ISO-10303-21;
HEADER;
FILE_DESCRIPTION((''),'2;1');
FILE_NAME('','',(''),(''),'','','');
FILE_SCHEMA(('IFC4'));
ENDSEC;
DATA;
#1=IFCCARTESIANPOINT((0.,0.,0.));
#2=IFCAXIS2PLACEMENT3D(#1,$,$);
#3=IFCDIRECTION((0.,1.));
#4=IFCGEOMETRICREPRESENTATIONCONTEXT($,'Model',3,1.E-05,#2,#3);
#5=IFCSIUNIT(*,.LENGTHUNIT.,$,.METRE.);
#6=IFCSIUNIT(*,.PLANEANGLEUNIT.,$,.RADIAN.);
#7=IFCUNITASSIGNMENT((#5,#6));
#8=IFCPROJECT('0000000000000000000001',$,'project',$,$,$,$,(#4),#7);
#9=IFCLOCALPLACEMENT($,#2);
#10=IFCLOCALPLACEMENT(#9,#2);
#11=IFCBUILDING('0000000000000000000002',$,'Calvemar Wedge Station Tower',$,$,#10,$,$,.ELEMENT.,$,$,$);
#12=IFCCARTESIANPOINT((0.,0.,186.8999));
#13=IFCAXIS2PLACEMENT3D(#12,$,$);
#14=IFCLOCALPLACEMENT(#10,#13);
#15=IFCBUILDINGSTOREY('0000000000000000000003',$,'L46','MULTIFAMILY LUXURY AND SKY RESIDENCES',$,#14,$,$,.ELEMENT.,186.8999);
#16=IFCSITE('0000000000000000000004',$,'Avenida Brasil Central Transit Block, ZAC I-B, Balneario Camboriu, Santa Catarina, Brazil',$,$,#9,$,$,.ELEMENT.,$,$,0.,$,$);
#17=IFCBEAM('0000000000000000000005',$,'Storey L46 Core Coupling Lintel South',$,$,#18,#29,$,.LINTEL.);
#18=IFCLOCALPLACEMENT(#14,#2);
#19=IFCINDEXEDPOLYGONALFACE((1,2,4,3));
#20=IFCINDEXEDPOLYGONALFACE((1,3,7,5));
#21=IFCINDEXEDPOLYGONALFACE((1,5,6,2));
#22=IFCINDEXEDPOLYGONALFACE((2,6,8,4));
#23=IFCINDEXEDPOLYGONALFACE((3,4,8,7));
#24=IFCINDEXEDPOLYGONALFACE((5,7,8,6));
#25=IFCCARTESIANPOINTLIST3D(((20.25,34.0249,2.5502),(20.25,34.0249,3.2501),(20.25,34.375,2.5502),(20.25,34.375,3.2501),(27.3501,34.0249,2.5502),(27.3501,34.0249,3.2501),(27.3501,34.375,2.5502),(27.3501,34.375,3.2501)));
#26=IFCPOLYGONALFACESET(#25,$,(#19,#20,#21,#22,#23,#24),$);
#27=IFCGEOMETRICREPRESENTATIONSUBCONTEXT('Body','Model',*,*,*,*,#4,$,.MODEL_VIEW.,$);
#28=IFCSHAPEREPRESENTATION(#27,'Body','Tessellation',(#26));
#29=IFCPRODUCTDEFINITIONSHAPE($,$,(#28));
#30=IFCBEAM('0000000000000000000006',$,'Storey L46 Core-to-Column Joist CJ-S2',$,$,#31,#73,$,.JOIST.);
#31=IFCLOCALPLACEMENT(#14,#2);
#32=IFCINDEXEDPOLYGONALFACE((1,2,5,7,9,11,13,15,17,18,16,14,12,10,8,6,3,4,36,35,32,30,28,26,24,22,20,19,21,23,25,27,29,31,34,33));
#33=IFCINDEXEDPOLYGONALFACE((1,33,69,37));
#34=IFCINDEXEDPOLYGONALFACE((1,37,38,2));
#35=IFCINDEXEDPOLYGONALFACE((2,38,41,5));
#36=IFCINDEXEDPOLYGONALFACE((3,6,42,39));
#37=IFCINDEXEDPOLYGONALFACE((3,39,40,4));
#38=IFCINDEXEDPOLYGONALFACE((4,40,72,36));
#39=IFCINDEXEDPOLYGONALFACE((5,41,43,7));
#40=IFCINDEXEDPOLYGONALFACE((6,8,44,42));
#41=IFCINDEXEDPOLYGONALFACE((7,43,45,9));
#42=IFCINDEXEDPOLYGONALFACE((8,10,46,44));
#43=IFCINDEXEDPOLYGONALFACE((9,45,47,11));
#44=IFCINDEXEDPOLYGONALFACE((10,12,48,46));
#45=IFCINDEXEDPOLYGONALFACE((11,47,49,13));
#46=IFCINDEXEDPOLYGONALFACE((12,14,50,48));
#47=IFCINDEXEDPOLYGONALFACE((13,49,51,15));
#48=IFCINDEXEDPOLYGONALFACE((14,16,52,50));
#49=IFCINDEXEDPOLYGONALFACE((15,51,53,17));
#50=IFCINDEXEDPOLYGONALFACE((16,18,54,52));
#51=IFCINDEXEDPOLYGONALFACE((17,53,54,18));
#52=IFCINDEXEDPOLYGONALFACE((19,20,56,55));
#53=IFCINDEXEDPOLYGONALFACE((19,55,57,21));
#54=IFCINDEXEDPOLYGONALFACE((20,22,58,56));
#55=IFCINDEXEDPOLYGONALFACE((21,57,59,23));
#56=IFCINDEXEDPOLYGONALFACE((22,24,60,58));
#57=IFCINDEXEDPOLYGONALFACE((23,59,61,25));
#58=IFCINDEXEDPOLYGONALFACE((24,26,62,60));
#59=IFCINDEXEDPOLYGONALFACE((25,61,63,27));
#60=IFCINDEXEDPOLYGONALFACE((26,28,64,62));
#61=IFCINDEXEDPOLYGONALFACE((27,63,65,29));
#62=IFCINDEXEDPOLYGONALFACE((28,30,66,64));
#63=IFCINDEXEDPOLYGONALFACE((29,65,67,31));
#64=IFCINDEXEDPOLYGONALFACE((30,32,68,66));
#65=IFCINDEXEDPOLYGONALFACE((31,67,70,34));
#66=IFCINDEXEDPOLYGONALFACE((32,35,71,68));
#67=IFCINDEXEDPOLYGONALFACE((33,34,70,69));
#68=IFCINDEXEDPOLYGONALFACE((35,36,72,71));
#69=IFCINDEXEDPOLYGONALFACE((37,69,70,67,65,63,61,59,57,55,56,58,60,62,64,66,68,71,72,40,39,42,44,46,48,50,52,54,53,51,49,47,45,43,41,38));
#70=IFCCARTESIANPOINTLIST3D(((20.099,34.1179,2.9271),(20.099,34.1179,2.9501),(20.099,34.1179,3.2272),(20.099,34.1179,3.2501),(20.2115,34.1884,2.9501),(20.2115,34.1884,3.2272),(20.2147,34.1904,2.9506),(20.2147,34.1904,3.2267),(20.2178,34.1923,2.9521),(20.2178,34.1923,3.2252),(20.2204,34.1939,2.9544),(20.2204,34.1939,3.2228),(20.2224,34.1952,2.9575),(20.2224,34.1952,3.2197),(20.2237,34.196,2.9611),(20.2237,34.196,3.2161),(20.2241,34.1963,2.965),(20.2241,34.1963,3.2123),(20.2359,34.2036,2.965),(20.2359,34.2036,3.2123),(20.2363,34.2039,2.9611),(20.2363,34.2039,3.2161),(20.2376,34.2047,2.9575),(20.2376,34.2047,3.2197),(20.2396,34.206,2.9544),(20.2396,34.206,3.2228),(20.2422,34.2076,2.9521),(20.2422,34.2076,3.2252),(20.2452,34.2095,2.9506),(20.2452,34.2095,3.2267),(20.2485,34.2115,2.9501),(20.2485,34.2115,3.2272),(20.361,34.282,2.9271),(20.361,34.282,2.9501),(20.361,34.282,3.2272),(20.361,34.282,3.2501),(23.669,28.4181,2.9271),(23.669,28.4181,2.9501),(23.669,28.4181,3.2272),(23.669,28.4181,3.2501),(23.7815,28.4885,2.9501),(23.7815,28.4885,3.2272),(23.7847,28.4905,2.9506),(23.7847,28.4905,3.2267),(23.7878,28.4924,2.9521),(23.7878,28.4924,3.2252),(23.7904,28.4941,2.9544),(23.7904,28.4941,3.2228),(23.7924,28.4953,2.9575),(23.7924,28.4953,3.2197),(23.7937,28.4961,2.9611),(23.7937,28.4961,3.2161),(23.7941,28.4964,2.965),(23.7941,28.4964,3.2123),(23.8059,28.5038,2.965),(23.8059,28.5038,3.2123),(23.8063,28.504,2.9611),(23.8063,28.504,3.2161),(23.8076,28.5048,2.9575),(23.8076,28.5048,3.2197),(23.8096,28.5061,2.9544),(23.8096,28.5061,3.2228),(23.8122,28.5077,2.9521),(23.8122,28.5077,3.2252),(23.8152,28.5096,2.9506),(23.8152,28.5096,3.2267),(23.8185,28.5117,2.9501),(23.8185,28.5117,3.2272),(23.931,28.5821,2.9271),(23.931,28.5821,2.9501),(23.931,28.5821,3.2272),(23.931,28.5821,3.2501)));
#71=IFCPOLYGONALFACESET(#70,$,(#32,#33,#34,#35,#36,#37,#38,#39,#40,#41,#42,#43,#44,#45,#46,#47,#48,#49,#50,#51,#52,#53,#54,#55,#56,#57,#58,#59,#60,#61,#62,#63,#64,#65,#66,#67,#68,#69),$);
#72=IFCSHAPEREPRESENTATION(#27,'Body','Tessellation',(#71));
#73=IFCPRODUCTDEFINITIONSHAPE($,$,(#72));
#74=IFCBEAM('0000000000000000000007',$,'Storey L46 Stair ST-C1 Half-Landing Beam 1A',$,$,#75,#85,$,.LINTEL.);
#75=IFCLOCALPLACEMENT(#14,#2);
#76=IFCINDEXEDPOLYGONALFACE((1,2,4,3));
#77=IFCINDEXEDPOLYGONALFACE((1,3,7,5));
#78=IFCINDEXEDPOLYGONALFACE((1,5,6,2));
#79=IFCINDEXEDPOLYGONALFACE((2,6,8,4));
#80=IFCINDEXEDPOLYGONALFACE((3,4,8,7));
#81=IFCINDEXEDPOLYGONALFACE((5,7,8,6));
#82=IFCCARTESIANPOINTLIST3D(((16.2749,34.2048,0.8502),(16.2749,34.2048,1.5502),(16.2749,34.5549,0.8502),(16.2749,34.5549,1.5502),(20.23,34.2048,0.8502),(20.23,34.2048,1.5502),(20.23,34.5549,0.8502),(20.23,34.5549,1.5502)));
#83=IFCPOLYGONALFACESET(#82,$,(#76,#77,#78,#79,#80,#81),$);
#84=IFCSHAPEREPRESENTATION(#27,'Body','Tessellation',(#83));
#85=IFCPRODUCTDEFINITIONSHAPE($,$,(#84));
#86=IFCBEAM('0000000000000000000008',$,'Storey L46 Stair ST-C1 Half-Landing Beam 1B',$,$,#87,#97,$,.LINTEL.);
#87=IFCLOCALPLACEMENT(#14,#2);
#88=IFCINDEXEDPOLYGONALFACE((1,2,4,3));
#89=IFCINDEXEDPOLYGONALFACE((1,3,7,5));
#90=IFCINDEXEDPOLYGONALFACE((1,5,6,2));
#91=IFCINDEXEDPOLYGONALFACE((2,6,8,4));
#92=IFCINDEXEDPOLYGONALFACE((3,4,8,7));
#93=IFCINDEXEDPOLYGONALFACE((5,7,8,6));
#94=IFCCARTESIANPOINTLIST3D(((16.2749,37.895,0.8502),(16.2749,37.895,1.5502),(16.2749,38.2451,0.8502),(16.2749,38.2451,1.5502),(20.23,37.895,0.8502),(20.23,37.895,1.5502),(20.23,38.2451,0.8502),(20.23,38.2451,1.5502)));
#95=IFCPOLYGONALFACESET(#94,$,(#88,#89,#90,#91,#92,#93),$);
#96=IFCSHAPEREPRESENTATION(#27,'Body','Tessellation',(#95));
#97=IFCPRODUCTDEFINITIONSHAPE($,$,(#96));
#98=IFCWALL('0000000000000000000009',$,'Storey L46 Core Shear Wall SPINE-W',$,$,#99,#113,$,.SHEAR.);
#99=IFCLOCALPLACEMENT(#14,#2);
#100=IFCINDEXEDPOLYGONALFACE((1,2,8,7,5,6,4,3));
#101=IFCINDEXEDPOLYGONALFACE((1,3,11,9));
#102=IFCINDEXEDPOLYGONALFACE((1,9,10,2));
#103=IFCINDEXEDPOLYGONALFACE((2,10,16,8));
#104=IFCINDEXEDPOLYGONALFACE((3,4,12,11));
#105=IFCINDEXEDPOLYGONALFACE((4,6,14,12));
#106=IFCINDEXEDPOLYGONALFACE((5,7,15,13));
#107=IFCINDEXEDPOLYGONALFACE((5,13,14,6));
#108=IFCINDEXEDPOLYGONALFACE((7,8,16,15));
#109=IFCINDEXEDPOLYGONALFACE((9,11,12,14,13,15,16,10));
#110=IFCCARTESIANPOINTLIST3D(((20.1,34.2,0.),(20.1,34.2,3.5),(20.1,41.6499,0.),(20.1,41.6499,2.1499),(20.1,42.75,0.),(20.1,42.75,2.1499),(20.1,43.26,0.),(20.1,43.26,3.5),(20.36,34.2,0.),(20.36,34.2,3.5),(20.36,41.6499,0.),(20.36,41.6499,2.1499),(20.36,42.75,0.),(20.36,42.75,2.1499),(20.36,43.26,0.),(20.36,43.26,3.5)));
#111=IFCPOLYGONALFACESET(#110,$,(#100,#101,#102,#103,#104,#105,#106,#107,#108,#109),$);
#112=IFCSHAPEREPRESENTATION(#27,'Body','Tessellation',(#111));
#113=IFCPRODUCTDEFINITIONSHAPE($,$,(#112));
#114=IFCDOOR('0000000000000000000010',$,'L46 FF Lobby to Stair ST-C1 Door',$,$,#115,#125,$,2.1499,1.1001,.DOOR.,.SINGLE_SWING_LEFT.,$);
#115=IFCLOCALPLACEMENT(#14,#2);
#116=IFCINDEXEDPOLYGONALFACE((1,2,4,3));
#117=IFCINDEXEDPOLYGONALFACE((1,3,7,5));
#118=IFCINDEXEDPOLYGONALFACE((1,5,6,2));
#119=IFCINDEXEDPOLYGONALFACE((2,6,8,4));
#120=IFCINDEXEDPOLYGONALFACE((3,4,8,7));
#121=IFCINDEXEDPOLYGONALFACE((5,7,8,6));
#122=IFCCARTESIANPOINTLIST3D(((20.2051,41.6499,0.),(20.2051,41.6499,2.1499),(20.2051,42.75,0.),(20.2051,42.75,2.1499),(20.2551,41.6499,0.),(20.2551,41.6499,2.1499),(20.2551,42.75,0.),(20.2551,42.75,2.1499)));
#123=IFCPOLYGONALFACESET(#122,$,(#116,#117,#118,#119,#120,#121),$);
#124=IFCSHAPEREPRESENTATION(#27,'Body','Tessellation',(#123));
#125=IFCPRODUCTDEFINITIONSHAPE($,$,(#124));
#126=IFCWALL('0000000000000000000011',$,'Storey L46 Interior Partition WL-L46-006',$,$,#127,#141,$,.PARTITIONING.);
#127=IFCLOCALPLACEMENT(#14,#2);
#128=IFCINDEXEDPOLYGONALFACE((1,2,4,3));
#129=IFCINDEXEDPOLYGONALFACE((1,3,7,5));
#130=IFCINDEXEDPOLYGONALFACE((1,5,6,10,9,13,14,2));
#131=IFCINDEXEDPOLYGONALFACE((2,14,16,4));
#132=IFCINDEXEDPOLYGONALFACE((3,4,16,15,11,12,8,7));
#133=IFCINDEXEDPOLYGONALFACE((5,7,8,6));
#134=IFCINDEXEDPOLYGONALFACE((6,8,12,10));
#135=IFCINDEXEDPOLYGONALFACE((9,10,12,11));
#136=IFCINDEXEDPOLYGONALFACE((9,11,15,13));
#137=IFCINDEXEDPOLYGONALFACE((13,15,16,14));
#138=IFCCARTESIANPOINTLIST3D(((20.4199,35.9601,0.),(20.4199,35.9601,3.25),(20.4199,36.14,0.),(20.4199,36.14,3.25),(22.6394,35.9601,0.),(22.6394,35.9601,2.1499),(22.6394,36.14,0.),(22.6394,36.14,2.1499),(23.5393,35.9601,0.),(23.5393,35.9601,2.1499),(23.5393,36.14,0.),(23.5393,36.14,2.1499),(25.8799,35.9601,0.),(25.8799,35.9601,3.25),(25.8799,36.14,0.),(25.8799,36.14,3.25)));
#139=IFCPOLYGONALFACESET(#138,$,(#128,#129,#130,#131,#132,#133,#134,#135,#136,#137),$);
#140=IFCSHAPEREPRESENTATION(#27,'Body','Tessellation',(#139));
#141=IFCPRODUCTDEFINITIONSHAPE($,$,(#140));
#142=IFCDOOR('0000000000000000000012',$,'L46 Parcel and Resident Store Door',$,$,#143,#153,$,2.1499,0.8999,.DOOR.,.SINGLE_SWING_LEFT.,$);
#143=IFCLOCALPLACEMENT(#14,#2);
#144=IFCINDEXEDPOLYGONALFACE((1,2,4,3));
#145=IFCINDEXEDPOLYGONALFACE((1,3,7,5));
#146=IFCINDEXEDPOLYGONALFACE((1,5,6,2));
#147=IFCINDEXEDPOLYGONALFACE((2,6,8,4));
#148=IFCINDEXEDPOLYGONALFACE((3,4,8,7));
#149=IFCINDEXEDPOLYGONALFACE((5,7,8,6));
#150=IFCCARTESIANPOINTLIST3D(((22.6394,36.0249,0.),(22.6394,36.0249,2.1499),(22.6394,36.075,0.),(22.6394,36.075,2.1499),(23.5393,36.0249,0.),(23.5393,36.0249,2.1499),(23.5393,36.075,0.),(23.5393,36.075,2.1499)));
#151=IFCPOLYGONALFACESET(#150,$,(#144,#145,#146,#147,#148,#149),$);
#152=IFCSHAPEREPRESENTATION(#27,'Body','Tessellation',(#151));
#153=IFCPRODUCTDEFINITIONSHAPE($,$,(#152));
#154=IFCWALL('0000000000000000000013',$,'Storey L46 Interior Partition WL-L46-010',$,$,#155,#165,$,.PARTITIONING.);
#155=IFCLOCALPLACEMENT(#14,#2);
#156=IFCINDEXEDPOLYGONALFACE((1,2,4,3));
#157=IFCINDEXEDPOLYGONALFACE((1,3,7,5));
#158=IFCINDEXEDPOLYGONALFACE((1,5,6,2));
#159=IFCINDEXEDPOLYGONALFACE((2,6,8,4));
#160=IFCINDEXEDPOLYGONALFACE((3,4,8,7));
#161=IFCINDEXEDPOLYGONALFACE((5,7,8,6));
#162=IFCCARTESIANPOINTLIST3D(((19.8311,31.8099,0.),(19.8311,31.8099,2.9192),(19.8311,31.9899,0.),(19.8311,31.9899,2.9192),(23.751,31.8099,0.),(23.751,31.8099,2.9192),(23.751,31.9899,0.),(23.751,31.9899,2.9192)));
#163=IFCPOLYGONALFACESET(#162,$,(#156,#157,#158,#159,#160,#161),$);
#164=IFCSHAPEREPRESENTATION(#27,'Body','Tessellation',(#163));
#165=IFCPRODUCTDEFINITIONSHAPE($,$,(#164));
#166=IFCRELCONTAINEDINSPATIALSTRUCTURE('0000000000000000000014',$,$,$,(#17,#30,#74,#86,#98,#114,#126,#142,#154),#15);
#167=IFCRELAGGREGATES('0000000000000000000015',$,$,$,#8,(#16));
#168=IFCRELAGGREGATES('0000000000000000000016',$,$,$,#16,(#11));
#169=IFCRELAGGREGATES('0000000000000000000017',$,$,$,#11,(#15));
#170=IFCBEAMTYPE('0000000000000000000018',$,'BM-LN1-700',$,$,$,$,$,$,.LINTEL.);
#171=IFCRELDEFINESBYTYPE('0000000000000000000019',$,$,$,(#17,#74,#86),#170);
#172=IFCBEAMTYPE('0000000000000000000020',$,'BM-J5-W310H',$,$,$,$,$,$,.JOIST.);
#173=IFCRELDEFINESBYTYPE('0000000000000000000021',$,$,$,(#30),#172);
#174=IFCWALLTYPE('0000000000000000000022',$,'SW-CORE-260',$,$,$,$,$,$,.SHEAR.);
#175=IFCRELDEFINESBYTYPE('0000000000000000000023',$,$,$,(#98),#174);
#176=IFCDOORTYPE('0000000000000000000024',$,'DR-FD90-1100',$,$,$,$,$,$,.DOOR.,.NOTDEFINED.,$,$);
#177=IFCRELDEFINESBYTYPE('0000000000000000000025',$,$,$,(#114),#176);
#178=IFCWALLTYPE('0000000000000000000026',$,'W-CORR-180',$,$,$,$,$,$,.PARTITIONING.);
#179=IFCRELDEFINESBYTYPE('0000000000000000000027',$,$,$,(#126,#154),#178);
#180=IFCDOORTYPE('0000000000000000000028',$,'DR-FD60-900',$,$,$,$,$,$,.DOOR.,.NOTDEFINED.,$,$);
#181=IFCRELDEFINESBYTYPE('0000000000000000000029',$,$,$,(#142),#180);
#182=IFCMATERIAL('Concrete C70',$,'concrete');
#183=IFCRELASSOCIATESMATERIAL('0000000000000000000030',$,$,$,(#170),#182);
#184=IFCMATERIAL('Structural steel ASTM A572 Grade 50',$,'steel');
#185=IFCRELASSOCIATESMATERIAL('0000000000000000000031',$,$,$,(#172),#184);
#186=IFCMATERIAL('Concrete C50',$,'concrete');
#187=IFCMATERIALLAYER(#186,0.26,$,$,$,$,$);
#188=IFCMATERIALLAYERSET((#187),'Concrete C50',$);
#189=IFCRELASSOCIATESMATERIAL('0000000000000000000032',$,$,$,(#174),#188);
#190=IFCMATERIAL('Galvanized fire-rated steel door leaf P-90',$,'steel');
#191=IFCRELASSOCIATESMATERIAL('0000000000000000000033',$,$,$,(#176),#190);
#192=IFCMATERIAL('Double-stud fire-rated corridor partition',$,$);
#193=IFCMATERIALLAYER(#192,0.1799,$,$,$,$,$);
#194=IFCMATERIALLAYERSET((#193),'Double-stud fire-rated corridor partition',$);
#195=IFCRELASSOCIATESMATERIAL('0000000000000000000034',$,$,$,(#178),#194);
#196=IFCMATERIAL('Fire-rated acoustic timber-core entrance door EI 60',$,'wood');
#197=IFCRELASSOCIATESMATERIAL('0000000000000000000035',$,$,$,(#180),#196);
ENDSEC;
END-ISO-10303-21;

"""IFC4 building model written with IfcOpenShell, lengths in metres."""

from ifc_helpers import new_model, si_unit, direction, frame, frame_2d, origin, origin_2d, place, context, subcontext, project, spatial, rectangle, i_section, extrude, source, transform, mapped, material, layer, layer_set, material_profile, profile_set, type_object, element, fill, save


model = new_model("IFC4")

# Units and contexts
model_context = context("Model", 3, precision=1e-05, world=origin(), true_north=direction((0.0, 1.0)))
body_context = subcontext(model_context, "Body", "Model", "MODEL_VIEW")
ifc_project = project(units=[si_unit("LENGTHUNIT", "METRE"), si_unit("PLANEANGLEUNIT", "RADIAN")], contexts=[model_context])

# Site, building, storey
site_placement = place(None, origin())
site = spatial("IfcSite", under=ifc_project, at=site_placement, Name="Avenida Brasil Central Transit Block, ZAC I-B, Balneario Camboriu, Santa Catarina, Brazil", CompositionType="ELEMENT", RefElevation=0.0)
building_placement = place(site_placement, origin())
building = spatial("IfcBuilding", under=site, at=building_placement, Name="Calvemar Wedge Station Tower", CompositionType="ELEMENT")
storey_placement = place(building_placement, frame((0.0, 0.0, 186.8999)))
storey = spatial("IfcBuildingStorey", under=building, at=storey_placement, Name="L46", Description="MULTIFAMILY LUXURY AND SKY RESIDENCES", CompositionType="ELEMENT", Elevation=186.8999)

# Beams
ifc_material_1 = material(Name="Concrete C70", Category="concrete")
ifc_material_profile_1 = material_profile(ifc_material_1, rectangle(XDim=0.3501, YDim=0.7, at=origin_2d()), Name="RC350x700")
ifc_profile_set_1 = profile_set([ifc_material_profile_1], Name="Concrete C70")
beam_type_1 = type_object("IfcBeamType", Name="BM-LN1-700", PredefinedType="LINTEL", material=ifc_profile_set_1)
shared_shape_1 = source(origin(), body_context, "Body", "SweptSolid", [
    extrude(rectangle(XDim=0.3501, YDim=0.7, at=origin_2d()), origin(), (0.0, 0.0, 1.0), 7.1001),
])
beam_1_placement = place(storey_placement, frame((20.25, 34.2, 2.9001), z_axis=(1.0, 0.0, 0.0), x_axis=(0.0, 1.0, 0.0)))
element("IfcBeam", 1, at=beam_1_placement, inside=storey, type_object=beam_type_1, Name="Storey L46 Core Coupling Lintel South", PredefinedType="LINTEL", context=body_context, shape_type="MappedRepresentation", body=[
    mapped(shared_shape_1, transform((0.0, 0.0, 0.0), scale=1.0)),
])
ifc_material_2 = material(Name="Structural steel ASTM A572 Grade 50", Category="steel")
ifc_material_profile_2 = material_profile(ifc_material_2, i_section(OverallWidth=0.3091, OverallDepth=0.323, WebThickness=0.0139, FlangeThickness=0.0229, FilletRadius=0.0149, at=origin_2d()), Name="W310x143")
ifc_profile_set_2 = profile_set([ifc_material_profile_2], Name="Structural steel ASTM A572 Grade 50")
beam_type_2 = type_object("IfcBeamType", Name="BM-J5-W310H", PredefinedType="JOIST", material=ifc_profile_set_2)
shared_shape_2 = source(origin(), body_context, "Body", "SweptSolid", [
    extrude(i_section(OverallWidth=0.3091, OverallDepth=0.323, WebThickness=0.0139, FlangeThickness=0.0229, FilletRadius=0.0149, at=origin_2d()), origin(), (0.0, 0.0, 1.0), 6.7256),
])
beam_2_placement = place(storey_placement, frame((20.23, 34.2, 3.0886), z_axis=(0.530811, -0.84749, 0.0), x_axis=(0.84749, 0.530811, 0.0)))
element("IfcBeam", 2, at=beam_2_placement, inside=storey, type_object=beam_type_2, Name="Storey L46 Core-to-Column Joist CJ-S2", PredefinedType="JOIST", context=body_context, shape_type="MappedRepresentation", body=[
    mapped(shared_shape_2, transform((0.0, 0.0, 0.0), scale=1.0)),
])
shared_shape_3 = source(origin(), body_context, "Body", "SweptSolid", [
    extrude(rectangle(XDim=0.3501, YDim=0.7, at=origin_2d()), origin(), (0.0, 0.0, 1.0), 3.9551),
])
for number, where, z_axis, x_axis, name in (
    (3, (16.2749, 34.3799, 1.2002), (1.0, 0.0, 0.0), (0.0, 1.0, 0.0), "Storey L46 Stair ST-C1 Half-Landing Beam 1A"),
    (4, (16.2749, 38.0701, 1.2002), (1.0, 0.0, 0.0), (0.0, 1.0, 0.0), "Storey L46 Stair ST-C1 Half-Landing Beam 1B"),
):
    element("IfcBeam", number, at=place(storey_placement, frame(where, z_axis=z_axis, x_axis=x_axis)), inside=storey, type_object=beam_type_1, Name=name, PredefinedType="LINTEL", context=body_context, shape_type="MappedRepresentation", body=[
        mapped(shared_shape_3, transform((0.0, 0.0, 0.0), scale=1.0)),
    ])

# Walls, openings, doors
ifc_material_3 = material(Name="Concrete C50", Category="concrete")
ifc_layer_1 = layer(ifc_material_3, 0.26)
ifc_layer_set_1 = layer_set([ifc_layer_1], Name="Concrete C50")
wall_type_1 = type_object("IfcWallType", Name="SW-CORE-260", PredefinedType="SHEAR", material=ifc_layer_set_1)
wall_1_placement = place(storey_placement, frame((20.23, 34.2, 0.0), z_axis=(0.0, 0.0, 1.0), x_axis=(0.0, 1.0, 0.0)))
wall_1 = element("IfcWall", 5, at=wall_1_placement, inside=storey, type_object=wall_type_1, Name="Storey L46 Core Shear Wall SPINE-W", PredefinedType="SHEAR", context=body_context, shape_type="SweptSolid", body=[
    extrude(rectangle(XDim=9.0601, YDim=0.26, at=frame_2d((4.53, 0.0))), origin(), (0.0, 0.0, 1.0), 3.5),
])
shared_shape_4 = source(origin(), body_context, "Body", "SweptSolid", [
    extrude(rectangle(XDim=1.1001, YDim=2.1499, at=frame_2d((0.55, 1.075))), frame((0.0, 0.1401, 0.0), z_axis=(0.0, -1.0, 0.0), x_axis=(1.0, 0.0, 0.0)), (0.0, 0.0, 1.0), 0.28),
])
opening_1_placement = place(wall_1_placement, frame((7.45, 0.0, 0.0)))
opening_1 = element("IfcOpeningElement", 6, at=opening_1_placement, cuts=wall_1, PredefinedType="OPENING", context=body_context, shape_type="MappedRepresentation", body=[
    mapped(shared_shape_4, transform((0.0, 0.0, 0.0), scale=1.0)),
])
ifc_material_4 = material(Name="Galvanized fire-rated steel door leaf P-90", Category="steel")
door_type_1 = type_object("IfcDoorType", Name="DR-FD90-1100", OperationType="NOTDEFINED", PredefinedType="DOOR", material=ifc_material_4)
shared_shape_5 = source(origin(), body_context, "Body", "SweptSolid", [
    extrude(rectangle(XDim=1.1001, YDim=2.1499, at=frame_2d((0.55, 1.075))), frame((0.0, 0.0249, 0.0), z_axis=(0.0, -1.0, 0.0), x_axis=(1.0, 0.0, 0.0)), (0.0, 0.0, 1.0), 0.05),
])
door_1_placement = place(opening_1_placement, origin())
door_1 = element("IfcDoor", 7, at=door_1_placement, inside=storey, type_object=door_type_1, Name="L46 FF Lobby to Stair ST-C1 Door", OperationType="SINGLE_SWING_LEFT", OverallHeight=2.1499, OverallWidth=1.1001, PredefinedType="DOOR", context=body_context, shape_type="MappedRepresentation", body=[
    mapped(shared_shape_5, transform((0.0, 0.0, 0.0), scale=1.0)),
])
fill(opening_1, door_1)
ifc_material_5 = material(Name="Double-stud fire-rated corridor partition")
ifc_layer_2 = layer(ifc_material_5, 0.1799)
ifc_layer_set_2 = layer_set([ifc_layer_2], Name="Double-stud fire-rated corridor partition")
wall_type_2 = type_object("IfcWallType", Name="W-CORR-180", PredefinedType="PARTITIONING", material=ifc_layer_set_2)
wall_2_placement = place(storey_placement, frame((20.4199, 36.05, 0.0), z_axis=(0.0, 0.0, 1.0), x_axis=(1.0, 0.0, 0.0)))
wall_2 = element("IfcWall", 8, at=wall_2_placement, inside=storey, type_object=wall_type_2, Name="Storey L46 Interior Partition WL-L46-006", PredefinedType="PARTITIONING", context=body_context, shape_type="SweptSolid", body=[
    extrude(rectangle(XDim=5.46, YDim=0.1799, at=frame_2d((2.73, 0.0))), origin(), (0.0, 0.0, 1.0), 3.25),
])
shared_shape_6 = source(origin(), body_context, "Body", "SweptSolid", [
    extrude(rectangle(XDim=0.8999, YDim=2.1499, at=frame_2d((0.45, 1.075))), frame((0.0, 0.1001, 0.0), z_axis=(0.0, -1.0, 0.0), x_axis=(1.0, 0.0, 0.0)), (0.0, 0.0, 1.0), 0.2),
])
opening_2_placement = place(wall_2_placement, frame((2.2195, 0.0, 0.0)))
opening_2 = element("IfcOpeningElement", 9, at=opening_2_placement, cuts=wall_2, PredefinedType="OPENING", context=body_context, shape_type="MappedRepresentation", body=[
    mapped(shared_shape_6, transform((0.0, 0.0, 0.0), scale=1.0)),
])
ifc_material_6 = material(Name="Fire-rated acoustic timber-core entrance door EI 60", Category="wood")
door_type_2 = type_object("IfcDoorType", Name="DR-FD60-900", OperationType="NOTDEFINED", PredefinedType="DOOR", material=ifc_material_6)
shared_shape_7 = source(origin(), body_context, "Body", "SweptSolid", [
    extrude(rectangle(XDim=0.8999, YDim=2.1499, at=frame_2d((0.45, 1.075))), frame((0.0, 0.0249, 0.0), z_axis=(0.0, -1.0, 0.0), x_axis=(1.0, 0.0, 0.0)), (0.0, 0.0, 1.0), 0.05),
])
door_2_placement = place(opening_2_placement, origin())
door_2 = element("IfcDoor", 10, at=door_2_placement, inside=storey, type_object=door_type_2, Name="L46 Parcel and Resident Store Door", OperationType="SINGLE_SWING_LEFT", OverallHeight=2.1499, OverallWidth=0.8999, PredefinedType="DOOR", context=body_context, shape_type="MappedRepresentation", body=[
    mapped(shared_shape_7, transform((0.0, 0.0, 0.0), scale=1.0)),
])
fill(opening_2, door_2)

# Wall
wall_3_placement = place(storey_placement, frame((23.751, 31.8999, 0.0), z_axis=(0.0, 0.0, 1.0), x_axis=(-1.0, 0.0, 0.0)))
element("IfcWall", 11, at=wall_3_placement, inside=storey, type_object=wall_type_2, Name="Storey L46 Interior Partition WL-L46-010", PredefinedType="PARTITIONING", context=body_context, shape_type="SweptSolid", body=[
    extrude(rectangle(XDim=3.9199, YDim=0.1799, at=frame_2d((1.96, 0.0))), origin(), (0.0, 0.0, 1.0), 2.9192),
])

save(model, "model.ifc")
